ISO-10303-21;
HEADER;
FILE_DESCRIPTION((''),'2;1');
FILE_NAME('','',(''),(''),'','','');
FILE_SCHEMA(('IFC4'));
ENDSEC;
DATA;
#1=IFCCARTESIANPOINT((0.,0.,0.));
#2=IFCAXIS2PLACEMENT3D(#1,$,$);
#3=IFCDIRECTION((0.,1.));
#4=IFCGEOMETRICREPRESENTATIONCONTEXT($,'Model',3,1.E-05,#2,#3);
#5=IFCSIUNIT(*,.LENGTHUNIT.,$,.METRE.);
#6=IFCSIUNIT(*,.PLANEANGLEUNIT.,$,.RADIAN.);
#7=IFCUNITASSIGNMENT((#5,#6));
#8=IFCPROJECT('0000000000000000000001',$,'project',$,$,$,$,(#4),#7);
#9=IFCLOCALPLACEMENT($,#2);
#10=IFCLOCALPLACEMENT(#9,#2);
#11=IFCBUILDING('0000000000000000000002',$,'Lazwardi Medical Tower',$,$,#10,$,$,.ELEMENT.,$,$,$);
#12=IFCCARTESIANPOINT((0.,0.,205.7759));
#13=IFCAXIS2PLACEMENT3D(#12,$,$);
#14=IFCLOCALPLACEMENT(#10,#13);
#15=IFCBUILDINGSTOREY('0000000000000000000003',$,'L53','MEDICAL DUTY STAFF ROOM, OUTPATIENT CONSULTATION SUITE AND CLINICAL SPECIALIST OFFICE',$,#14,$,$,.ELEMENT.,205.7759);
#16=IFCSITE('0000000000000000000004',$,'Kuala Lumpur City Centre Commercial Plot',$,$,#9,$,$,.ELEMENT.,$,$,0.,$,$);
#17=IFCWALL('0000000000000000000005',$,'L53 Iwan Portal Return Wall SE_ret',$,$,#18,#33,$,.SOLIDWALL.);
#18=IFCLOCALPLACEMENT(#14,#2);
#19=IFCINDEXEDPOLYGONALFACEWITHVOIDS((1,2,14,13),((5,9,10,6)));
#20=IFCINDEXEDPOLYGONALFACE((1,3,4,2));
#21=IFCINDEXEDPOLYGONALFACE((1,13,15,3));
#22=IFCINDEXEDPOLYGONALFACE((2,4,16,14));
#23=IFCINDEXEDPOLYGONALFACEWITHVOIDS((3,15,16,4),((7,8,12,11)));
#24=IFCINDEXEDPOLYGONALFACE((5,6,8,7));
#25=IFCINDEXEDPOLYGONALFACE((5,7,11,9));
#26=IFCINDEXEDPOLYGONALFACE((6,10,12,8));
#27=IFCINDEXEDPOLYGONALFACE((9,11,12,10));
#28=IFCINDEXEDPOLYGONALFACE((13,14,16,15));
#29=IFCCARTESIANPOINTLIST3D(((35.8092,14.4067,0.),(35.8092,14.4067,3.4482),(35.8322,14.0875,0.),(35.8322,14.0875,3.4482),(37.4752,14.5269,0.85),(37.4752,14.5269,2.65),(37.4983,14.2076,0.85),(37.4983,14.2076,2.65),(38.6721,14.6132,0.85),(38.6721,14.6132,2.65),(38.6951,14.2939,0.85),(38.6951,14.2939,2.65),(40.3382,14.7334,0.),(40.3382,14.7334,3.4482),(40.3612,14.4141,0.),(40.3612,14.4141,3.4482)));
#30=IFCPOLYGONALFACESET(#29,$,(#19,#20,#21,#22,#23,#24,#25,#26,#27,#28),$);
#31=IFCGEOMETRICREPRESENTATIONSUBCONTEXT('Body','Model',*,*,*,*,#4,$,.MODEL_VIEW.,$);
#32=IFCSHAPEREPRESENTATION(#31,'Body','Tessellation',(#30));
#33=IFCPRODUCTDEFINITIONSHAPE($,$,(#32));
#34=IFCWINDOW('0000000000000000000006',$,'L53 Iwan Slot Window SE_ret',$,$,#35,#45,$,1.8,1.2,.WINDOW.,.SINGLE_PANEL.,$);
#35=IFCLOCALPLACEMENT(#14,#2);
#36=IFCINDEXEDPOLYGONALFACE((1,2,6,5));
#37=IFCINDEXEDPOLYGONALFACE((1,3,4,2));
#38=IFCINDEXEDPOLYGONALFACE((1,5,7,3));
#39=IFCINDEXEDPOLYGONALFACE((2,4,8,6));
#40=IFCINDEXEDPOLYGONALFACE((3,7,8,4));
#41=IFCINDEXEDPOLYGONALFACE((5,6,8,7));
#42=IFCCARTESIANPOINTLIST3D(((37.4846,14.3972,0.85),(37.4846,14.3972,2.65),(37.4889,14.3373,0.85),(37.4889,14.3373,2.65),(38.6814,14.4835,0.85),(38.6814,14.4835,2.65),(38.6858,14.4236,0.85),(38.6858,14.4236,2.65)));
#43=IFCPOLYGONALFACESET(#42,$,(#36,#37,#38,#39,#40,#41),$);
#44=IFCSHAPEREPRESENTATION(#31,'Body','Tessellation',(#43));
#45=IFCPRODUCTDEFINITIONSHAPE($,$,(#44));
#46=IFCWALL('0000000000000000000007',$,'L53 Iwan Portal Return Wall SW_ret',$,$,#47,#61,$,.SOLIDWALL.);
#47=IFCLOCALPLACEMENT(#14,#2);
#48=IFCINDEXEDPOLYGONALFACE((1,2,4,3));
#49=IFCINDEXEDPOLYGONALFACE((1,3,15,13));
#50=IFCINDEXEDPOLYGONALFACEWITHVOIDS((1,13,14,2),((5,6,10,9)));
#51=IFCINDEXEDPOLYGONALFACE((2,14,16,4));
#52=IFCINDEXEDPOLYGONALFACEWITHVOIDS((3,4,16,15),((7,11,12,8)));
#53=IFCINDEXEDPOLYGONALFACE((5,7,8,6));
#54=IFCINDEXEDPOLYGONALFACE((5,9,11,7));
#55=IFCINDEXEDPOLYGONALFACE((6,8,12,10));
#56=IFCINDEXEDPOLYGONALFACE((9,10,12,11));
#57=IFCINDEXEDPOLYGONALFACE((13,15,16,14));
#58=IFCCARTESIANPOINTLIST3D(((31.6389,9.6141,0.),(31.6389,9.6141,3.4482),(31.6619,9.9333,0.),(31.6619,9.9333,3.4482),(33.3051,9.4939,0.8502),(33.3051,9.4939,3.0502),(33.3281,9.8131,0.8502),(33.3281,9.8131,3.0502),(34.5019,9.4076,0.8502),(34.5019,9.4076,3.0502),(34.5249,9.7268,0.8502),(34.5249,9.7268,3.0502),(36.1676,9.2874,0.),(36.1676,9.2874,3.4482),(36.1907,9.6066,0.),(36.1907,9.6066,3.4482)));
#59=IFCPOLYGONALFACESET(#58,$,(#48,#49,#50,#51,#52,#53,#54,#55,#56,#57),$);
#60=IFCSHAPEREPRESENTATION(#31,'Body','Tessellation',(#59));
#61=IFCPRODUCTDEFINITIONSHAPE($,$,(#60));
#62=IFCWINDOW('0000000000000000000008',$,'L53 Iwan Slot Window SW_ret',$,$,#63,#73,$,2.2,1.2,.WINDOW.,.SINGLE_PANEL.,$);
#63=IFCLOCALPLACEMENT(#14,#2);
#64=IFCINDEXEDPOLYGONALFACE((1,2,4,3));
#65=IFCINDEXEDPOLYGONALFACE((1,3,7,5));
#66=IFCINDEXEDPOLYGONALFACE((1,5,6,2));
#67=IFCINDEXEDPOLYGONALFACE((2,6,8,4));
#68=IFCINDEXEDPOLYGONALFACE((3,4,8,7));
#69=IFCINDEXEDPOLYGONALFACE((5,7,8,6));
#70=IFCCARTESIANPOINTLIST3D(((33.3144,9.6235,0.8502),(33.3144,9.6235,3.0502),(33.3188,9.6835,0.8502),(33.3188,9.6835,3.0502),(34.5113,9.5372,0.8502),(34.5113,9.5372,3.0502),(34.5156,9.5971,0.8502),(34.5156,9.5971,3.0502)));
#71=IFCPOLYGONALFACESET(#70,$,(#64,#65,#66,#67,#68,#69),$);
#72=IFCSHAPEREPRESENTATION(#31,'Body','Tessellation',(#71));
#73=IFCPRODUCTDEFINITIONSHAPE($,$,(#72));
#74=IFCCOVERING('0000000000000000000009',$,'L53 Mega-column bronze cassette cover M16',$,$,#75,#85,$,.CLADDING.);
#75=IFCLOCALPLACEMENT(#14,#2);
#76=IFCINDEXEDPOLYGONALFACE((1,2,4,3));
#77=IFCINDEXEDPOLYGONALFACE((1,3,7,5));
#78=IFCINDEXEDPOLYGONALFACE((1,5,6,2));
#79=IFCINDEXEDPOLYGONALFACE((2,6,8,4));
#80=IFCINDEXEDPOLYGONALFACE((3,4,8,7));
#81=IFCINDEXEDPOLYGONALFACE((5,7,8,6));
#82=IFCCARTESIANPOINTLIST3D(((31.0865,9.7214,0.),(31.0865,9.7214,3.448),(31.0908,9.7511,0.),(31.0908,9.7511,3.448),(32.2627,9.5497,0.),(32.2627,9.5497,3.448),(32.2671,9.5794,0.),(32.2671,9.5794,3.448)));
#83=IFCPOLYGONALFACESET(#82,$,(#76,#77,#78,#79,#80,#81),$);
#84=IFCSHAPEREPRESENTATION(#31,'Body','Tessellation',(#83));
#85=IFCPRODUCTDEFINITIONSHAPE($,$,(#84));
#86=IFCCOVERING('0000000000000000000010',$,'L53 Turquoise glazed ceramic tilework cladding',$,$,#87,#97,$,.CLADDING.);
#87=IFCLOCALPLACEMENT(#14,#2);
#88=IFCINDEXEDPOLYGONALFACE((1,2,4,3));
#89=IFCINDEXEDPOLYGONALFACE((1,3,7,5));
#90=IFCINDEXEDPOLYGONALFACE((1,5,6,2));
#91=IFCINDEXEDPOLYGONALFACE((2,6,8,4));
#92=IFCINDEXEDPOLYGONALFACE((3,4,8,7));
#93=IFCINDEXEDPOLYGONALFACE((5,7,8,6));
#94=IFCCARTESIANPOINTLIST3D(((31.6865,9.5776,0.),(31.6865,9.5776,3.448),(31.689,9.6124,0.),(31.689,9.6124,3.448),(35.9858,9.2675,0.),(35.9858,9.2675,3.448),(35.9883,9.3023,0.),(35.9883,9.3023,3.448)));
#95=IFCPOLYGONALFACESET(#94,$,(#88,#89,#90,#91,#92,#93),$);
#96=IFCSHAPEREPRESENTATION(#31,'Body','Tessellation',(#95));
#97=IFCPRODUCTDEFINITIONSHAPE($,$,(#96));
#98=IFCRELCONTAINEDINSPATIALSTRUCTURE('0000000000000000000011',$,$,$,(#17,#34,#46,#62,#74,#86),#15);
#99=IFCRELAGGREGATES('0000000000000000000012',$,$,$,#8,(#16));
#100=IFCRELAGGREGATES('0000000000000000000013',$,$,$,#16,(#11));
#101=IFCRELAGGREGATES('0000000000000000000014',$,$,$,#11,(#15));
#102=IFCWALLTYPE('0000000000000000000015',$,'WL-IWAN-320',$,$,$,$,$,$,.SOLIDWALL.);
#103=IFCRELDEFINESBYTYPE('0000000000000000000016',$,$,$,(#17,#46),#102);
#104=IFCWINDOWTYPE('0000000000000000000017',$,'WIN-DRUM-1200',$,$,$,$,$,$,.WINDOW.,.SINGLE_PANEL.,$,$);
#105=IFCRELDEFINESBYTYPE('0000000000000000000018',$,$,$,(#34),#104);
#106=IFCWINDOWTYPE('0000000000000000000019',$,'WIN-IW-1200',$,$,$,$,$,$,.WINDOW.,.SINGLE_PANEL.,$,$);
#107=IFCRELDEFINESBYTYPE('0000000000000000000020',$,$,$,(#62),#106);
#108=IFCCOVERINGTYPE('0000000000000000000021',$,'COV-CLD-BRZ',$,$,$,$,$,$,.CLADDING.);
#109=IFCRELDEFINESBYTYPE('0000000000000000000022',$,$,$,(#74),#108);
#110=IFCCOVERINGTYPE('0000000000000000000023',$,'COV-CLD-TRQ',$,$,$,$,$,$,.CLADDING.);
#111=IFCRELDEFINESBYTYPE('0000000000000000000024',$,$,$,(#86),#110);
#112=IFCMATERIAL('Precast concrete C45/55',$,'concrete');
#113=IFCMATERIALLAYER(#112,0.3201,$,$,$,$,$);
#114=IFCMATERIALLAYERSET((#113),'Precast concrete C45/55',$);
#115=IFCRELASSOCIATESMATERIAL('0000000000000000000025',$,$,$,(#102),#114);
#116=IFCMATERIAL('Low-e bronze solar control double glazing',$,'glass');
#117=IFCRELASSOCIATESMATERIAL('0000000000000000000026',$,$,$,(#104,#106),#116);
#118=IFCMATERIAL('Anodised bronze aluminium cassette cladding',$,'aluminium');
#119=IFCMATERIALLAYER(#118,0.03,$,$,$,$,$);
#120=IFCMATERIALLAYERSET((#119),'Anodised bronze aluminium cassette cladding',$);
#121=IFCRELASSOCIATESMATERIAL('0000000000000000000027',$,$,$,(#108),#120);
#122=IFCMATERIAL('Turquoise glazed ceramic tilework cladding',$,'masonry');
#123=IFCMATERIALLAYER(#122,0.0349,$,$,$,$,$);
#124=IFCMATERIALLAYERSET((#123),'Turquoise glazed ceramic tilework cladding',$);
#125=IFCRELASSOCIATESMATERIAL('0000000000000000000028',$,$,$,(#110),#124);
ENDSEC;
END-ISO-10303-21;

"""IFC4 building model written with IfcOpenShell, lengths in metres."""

from ifc_helpers import new_model, si_unit, direction, frame, frame_2d, origin, origin_2d, place, context, subcontext, project, spatial, rectangle, extrude, material, layer, layer_set, type_object, element, fill, save


model = new_model("IFC4")

# Units and contexts
model_context = context("Model", 3, precision=1e-05, world=origin(), true_north=direction((0.0, 1.0)))
body_context = subcontext(model_context, "Body", "Model", "MODEL_VIEW")
ifc_project = project(units=[si_unit("LENGTHUNIT", "METRE"), si_unit("PLANEANGLEUNIT", "RADIAN")], contexts=[model_context])

# Site, building, storey
site_placement = place(None, origin())
site = spatial("IfcSite", under=ifc_project, at=site_placement, Name="Kuala Lumpur City Centre Commercial Plot", CompositionType="ELEMENT", RefElevation=0.0)
building_placement = place(site_placement, origin())
building = spatial("IfcBuilding", under=site, at=building_placement, Name="Lazwardi Medical Tower", CompositionType="ELEMENT")
storey_placement = place(building_placement, frame((0.0, 0.0, 205.7759)))
storey = spatial("IfcBuildingStorey", under=building, at=storey_placement, Name="L53", Description="MEDICAL DUTY STAFF ROOM, OUTPATIENT CONSULTATION SUITE AND CLINICAL SPECIALIST OFFICE", CompositionType="ELEMENT", Elevation=205.7759)

# Shared definitions
ifc_material_1 = material(Name="Low-e bronze solar control double glazing", Category="glass")

# Walls, openings, windows
ifc_material_2 = material(Name="Precast concrete C45/55", Category="concrete")
ifc_layer_1 = layer(ifc_material_2, 0.3201)
ifc_layer_set_1 = layer_set([ifc_layer_1], Name="Precast concrete C45/55")
wall_type_1 = type_object("IfcWallType", Name="WL-IWAN-320", PredefinedType="SOLIDWALL", material=ifc_layer_set_1)
wall_1_placement = place(storey_placement, frame((35.8206, 14.2471, 0.0), z_axis=(0.0, 0.0, 1.0), x_axis=(0.997409, 0.071939, 0.0)))
wall_1 = element("IfcWall", 1, at=wall_1_placement, inside=storey, type_object=wall_type_1, Name="L53 Iwan Portal Return Wall SE_ret", PredefinedType="SOLIDWALL", context=body_context, shape_type="SweptSolid", body=[
    extrude(rectangle(XDim=4.5408, YDim=0.3201, at=frame_2d((2.2705, 0.0))), origin(), (0.0, 0.0, 1.0), 3.4482),
])
opening_1_placement = place(wall_1_placement, frame((1.6704, 0.0, 0.8501)))
opening_1 = element("IfcOpeningElement", 2, at=opening_1_placement, cuts=wall_1, PredefinedType="OPENING", context=body_context, shape_type="SweptSolid", body=[
    extrude(rectangle(XDim=1.2, YDim=1.8, at=frame_2d((0.6001, 0.8999))), frame((0.0, 0.1699, 0.0), z_axis=(0.0, -1.0, 0.0), x_axis=(1.0, 0.0, 0.0)), (0.0, 0.0, 1.0), 0.3401),
])
window_type_1 = type_object("IfcWindowType", Name="WIN-DRUM-1200", PartitioningType="SINGLE_PANEL", PredefinedType="WINDOW", material=ifc_material_1)
window_1_placement = place(opening_1_placement, origin())
window_1 = element("IfcWindow", 3, at=window_1_placement, inside=storey, type_object=window_type_1, Name="L53 Iwan Slot Window SE_ret", OverallHeight=1.8, OverallWidth=1.2, PartitioningType="SINGLE_PANEL", PredefinedType="WINDOW", context=body_context, shape_type="SweptSolid", body=[
    extrude(rectangle(XDim=1.2, YDim=1.8, at=frame_2d((0.6001, 0.8999))), frame((0.0, 0.03, 0.0), z_axis=(0.0, -1.0, 0.0), x_axis=(1.0, 0.0, 0.0)), (0.0, 0.0, 1.0), 0.0601),
])
fill(opening_1, window_1)
wall_2_placement = place(storey_placement, frame((31.6504, 9.7737, 0.0), z_axis=(0.0, 0.0, 1.0), x_axis=(0.997409, -0.071942, 0.0)))
wall_2 = element("IfcWall", 4, at=wall_2_placement, inside=storey, type_object=wall_type_1, Name="L53 Iwan Portal Return Wall SW_ret", PredefinedType="SOLIDWALL", context=body_context, shape_type="SweptSolid", body=[
    extrude(rectangle(XDim=4.5405, YDim=0.3201, at=frame_2d((2.2703, 0.0))), origin(), (0.0, 0.0, 1.0), 3.4482),
])
opening_2_placement = place(wall_2_placement, frame((1.6704, 0.0, 0.8501)))
opening_2 = element("IfcOpeningElement", 5, at=opening_2_placement, cuts=wall_2, PredefinedType="OPENING", context=body_context, shape_type="SweptSolid", body=[
    extrude(rectangle(XDim=1.2, YDim=2.2, at=frame_2d((0.6001, 1.1001))), frame((0.0, 0.1699, 0.0), z_axis=(0.0, -1.0, 0.0), x_axis=(1.0, 0.0, 0.0)), (0.0, 0.0, 1.0), 0.3401),
])
window_type_2 = type_object("IfcWindowType", Name="WIN-IW-1200", PartitioningType="SINGLE_PANEL", PredefinedType="WINDOW", material=ifc_material_1)
window_2_placement = place(opening_2_placement, origin())
window_2 = element("IfcWindow", 6, at=window_2_placement, inside=storey, type_object=window_type_2, Name="L53 Iwan Slot Window SW_ret", OverallHeight=2.2, OverallWidth=1.2, PartitioningType="SINGLE_PANEL", PredefinedType="WINDOW", context=body_context, shape_type="SweptSolid", body=[
    extrude(rectangle(XDim=1.2, YDim=2.2, at=frame_2d((0.6001, 1.1001))), frame((0.0, 0.03, 0.0), z_axis=(0.0, -1.0, 0.0), x_axis=(1.0, 0.0, 0.0)), (0.0, 0.0, 1.0), 0.0601),
])
fill(opening_2, window_2)

# Coverings
ifc_material_3 = material(Name="Anodised bronze aluminium cassette cladding", Category="aluminium")
ifc_layer_2 = layer(ifc_material_3, 0.03)
ifc_layer_set_2 = layer_set([ifc_layer_2], Name="Anodised bronze aluminium cassette cladding")
covering_type_1 = type_object("IfcCoveringType", Name="COV-CLD-BRZ", PredefinedType="CLADDING", material=ifc_layer_set_2)
covering_1_placement = place(storey_placement, frame((31.6768, 9.6504, 0.0), z_axis=(0.0, 0.0, 1.0), x_axis=(0.989512, -0.144448, 0.0)))
element("IfcCovering", 7, at=covering_1_placement, inside=storey, type_object=covering_type_1, Name="L53 Mega-column bronze cassette cover M16", PredefinedType="CLADDING", context=body_context, shape_type="SweptSolid", body=[
    extrude(rectangle(XDim=1.1887, YDim=0.03, at=origin_2d()), origin(), (0.0, 0.0, 1.0), 3.448),
])
ifc_material_4 = material(Name="Turquoise glazed ceramic tilework cladding", Category="masonry")
ifc_layer_3 = layer(ifc_material_4, 0.0349)
ifc_layer_set_3 = layer_set([ifc_layer_3], Name="Turquoise glazed ceramic tilework cladding")
covering_type_2 = type_object("IfcCoveringType", Name="COV-CLD-TRQ", PredefinedType="CLADDING", material=ifc_layer_set_3)
covering_2_placement = place(storey_placement, frame((33.8374, 9.4399, 0.0), z_axis=(0.0, 0.0, 1.0), x_axis=(0.997409, -0.07194, 0.0)))
element("IfcCovering", 8, at=covering_2_placement, inside=storey, type_object=covering_type_2, Name="L53 Turquoise glazed ceramic tilework cladding", PredefinedType="CLADDING", context=body_context, shape_type="SweptSolid", body=[
    extrude(rectangle(XDim=4.3105, YDim=0.0349, at=origin_2d()), origin(), (0.0, 0.0, 1.0), 3.448),
])

save(model, "model.ifc")
